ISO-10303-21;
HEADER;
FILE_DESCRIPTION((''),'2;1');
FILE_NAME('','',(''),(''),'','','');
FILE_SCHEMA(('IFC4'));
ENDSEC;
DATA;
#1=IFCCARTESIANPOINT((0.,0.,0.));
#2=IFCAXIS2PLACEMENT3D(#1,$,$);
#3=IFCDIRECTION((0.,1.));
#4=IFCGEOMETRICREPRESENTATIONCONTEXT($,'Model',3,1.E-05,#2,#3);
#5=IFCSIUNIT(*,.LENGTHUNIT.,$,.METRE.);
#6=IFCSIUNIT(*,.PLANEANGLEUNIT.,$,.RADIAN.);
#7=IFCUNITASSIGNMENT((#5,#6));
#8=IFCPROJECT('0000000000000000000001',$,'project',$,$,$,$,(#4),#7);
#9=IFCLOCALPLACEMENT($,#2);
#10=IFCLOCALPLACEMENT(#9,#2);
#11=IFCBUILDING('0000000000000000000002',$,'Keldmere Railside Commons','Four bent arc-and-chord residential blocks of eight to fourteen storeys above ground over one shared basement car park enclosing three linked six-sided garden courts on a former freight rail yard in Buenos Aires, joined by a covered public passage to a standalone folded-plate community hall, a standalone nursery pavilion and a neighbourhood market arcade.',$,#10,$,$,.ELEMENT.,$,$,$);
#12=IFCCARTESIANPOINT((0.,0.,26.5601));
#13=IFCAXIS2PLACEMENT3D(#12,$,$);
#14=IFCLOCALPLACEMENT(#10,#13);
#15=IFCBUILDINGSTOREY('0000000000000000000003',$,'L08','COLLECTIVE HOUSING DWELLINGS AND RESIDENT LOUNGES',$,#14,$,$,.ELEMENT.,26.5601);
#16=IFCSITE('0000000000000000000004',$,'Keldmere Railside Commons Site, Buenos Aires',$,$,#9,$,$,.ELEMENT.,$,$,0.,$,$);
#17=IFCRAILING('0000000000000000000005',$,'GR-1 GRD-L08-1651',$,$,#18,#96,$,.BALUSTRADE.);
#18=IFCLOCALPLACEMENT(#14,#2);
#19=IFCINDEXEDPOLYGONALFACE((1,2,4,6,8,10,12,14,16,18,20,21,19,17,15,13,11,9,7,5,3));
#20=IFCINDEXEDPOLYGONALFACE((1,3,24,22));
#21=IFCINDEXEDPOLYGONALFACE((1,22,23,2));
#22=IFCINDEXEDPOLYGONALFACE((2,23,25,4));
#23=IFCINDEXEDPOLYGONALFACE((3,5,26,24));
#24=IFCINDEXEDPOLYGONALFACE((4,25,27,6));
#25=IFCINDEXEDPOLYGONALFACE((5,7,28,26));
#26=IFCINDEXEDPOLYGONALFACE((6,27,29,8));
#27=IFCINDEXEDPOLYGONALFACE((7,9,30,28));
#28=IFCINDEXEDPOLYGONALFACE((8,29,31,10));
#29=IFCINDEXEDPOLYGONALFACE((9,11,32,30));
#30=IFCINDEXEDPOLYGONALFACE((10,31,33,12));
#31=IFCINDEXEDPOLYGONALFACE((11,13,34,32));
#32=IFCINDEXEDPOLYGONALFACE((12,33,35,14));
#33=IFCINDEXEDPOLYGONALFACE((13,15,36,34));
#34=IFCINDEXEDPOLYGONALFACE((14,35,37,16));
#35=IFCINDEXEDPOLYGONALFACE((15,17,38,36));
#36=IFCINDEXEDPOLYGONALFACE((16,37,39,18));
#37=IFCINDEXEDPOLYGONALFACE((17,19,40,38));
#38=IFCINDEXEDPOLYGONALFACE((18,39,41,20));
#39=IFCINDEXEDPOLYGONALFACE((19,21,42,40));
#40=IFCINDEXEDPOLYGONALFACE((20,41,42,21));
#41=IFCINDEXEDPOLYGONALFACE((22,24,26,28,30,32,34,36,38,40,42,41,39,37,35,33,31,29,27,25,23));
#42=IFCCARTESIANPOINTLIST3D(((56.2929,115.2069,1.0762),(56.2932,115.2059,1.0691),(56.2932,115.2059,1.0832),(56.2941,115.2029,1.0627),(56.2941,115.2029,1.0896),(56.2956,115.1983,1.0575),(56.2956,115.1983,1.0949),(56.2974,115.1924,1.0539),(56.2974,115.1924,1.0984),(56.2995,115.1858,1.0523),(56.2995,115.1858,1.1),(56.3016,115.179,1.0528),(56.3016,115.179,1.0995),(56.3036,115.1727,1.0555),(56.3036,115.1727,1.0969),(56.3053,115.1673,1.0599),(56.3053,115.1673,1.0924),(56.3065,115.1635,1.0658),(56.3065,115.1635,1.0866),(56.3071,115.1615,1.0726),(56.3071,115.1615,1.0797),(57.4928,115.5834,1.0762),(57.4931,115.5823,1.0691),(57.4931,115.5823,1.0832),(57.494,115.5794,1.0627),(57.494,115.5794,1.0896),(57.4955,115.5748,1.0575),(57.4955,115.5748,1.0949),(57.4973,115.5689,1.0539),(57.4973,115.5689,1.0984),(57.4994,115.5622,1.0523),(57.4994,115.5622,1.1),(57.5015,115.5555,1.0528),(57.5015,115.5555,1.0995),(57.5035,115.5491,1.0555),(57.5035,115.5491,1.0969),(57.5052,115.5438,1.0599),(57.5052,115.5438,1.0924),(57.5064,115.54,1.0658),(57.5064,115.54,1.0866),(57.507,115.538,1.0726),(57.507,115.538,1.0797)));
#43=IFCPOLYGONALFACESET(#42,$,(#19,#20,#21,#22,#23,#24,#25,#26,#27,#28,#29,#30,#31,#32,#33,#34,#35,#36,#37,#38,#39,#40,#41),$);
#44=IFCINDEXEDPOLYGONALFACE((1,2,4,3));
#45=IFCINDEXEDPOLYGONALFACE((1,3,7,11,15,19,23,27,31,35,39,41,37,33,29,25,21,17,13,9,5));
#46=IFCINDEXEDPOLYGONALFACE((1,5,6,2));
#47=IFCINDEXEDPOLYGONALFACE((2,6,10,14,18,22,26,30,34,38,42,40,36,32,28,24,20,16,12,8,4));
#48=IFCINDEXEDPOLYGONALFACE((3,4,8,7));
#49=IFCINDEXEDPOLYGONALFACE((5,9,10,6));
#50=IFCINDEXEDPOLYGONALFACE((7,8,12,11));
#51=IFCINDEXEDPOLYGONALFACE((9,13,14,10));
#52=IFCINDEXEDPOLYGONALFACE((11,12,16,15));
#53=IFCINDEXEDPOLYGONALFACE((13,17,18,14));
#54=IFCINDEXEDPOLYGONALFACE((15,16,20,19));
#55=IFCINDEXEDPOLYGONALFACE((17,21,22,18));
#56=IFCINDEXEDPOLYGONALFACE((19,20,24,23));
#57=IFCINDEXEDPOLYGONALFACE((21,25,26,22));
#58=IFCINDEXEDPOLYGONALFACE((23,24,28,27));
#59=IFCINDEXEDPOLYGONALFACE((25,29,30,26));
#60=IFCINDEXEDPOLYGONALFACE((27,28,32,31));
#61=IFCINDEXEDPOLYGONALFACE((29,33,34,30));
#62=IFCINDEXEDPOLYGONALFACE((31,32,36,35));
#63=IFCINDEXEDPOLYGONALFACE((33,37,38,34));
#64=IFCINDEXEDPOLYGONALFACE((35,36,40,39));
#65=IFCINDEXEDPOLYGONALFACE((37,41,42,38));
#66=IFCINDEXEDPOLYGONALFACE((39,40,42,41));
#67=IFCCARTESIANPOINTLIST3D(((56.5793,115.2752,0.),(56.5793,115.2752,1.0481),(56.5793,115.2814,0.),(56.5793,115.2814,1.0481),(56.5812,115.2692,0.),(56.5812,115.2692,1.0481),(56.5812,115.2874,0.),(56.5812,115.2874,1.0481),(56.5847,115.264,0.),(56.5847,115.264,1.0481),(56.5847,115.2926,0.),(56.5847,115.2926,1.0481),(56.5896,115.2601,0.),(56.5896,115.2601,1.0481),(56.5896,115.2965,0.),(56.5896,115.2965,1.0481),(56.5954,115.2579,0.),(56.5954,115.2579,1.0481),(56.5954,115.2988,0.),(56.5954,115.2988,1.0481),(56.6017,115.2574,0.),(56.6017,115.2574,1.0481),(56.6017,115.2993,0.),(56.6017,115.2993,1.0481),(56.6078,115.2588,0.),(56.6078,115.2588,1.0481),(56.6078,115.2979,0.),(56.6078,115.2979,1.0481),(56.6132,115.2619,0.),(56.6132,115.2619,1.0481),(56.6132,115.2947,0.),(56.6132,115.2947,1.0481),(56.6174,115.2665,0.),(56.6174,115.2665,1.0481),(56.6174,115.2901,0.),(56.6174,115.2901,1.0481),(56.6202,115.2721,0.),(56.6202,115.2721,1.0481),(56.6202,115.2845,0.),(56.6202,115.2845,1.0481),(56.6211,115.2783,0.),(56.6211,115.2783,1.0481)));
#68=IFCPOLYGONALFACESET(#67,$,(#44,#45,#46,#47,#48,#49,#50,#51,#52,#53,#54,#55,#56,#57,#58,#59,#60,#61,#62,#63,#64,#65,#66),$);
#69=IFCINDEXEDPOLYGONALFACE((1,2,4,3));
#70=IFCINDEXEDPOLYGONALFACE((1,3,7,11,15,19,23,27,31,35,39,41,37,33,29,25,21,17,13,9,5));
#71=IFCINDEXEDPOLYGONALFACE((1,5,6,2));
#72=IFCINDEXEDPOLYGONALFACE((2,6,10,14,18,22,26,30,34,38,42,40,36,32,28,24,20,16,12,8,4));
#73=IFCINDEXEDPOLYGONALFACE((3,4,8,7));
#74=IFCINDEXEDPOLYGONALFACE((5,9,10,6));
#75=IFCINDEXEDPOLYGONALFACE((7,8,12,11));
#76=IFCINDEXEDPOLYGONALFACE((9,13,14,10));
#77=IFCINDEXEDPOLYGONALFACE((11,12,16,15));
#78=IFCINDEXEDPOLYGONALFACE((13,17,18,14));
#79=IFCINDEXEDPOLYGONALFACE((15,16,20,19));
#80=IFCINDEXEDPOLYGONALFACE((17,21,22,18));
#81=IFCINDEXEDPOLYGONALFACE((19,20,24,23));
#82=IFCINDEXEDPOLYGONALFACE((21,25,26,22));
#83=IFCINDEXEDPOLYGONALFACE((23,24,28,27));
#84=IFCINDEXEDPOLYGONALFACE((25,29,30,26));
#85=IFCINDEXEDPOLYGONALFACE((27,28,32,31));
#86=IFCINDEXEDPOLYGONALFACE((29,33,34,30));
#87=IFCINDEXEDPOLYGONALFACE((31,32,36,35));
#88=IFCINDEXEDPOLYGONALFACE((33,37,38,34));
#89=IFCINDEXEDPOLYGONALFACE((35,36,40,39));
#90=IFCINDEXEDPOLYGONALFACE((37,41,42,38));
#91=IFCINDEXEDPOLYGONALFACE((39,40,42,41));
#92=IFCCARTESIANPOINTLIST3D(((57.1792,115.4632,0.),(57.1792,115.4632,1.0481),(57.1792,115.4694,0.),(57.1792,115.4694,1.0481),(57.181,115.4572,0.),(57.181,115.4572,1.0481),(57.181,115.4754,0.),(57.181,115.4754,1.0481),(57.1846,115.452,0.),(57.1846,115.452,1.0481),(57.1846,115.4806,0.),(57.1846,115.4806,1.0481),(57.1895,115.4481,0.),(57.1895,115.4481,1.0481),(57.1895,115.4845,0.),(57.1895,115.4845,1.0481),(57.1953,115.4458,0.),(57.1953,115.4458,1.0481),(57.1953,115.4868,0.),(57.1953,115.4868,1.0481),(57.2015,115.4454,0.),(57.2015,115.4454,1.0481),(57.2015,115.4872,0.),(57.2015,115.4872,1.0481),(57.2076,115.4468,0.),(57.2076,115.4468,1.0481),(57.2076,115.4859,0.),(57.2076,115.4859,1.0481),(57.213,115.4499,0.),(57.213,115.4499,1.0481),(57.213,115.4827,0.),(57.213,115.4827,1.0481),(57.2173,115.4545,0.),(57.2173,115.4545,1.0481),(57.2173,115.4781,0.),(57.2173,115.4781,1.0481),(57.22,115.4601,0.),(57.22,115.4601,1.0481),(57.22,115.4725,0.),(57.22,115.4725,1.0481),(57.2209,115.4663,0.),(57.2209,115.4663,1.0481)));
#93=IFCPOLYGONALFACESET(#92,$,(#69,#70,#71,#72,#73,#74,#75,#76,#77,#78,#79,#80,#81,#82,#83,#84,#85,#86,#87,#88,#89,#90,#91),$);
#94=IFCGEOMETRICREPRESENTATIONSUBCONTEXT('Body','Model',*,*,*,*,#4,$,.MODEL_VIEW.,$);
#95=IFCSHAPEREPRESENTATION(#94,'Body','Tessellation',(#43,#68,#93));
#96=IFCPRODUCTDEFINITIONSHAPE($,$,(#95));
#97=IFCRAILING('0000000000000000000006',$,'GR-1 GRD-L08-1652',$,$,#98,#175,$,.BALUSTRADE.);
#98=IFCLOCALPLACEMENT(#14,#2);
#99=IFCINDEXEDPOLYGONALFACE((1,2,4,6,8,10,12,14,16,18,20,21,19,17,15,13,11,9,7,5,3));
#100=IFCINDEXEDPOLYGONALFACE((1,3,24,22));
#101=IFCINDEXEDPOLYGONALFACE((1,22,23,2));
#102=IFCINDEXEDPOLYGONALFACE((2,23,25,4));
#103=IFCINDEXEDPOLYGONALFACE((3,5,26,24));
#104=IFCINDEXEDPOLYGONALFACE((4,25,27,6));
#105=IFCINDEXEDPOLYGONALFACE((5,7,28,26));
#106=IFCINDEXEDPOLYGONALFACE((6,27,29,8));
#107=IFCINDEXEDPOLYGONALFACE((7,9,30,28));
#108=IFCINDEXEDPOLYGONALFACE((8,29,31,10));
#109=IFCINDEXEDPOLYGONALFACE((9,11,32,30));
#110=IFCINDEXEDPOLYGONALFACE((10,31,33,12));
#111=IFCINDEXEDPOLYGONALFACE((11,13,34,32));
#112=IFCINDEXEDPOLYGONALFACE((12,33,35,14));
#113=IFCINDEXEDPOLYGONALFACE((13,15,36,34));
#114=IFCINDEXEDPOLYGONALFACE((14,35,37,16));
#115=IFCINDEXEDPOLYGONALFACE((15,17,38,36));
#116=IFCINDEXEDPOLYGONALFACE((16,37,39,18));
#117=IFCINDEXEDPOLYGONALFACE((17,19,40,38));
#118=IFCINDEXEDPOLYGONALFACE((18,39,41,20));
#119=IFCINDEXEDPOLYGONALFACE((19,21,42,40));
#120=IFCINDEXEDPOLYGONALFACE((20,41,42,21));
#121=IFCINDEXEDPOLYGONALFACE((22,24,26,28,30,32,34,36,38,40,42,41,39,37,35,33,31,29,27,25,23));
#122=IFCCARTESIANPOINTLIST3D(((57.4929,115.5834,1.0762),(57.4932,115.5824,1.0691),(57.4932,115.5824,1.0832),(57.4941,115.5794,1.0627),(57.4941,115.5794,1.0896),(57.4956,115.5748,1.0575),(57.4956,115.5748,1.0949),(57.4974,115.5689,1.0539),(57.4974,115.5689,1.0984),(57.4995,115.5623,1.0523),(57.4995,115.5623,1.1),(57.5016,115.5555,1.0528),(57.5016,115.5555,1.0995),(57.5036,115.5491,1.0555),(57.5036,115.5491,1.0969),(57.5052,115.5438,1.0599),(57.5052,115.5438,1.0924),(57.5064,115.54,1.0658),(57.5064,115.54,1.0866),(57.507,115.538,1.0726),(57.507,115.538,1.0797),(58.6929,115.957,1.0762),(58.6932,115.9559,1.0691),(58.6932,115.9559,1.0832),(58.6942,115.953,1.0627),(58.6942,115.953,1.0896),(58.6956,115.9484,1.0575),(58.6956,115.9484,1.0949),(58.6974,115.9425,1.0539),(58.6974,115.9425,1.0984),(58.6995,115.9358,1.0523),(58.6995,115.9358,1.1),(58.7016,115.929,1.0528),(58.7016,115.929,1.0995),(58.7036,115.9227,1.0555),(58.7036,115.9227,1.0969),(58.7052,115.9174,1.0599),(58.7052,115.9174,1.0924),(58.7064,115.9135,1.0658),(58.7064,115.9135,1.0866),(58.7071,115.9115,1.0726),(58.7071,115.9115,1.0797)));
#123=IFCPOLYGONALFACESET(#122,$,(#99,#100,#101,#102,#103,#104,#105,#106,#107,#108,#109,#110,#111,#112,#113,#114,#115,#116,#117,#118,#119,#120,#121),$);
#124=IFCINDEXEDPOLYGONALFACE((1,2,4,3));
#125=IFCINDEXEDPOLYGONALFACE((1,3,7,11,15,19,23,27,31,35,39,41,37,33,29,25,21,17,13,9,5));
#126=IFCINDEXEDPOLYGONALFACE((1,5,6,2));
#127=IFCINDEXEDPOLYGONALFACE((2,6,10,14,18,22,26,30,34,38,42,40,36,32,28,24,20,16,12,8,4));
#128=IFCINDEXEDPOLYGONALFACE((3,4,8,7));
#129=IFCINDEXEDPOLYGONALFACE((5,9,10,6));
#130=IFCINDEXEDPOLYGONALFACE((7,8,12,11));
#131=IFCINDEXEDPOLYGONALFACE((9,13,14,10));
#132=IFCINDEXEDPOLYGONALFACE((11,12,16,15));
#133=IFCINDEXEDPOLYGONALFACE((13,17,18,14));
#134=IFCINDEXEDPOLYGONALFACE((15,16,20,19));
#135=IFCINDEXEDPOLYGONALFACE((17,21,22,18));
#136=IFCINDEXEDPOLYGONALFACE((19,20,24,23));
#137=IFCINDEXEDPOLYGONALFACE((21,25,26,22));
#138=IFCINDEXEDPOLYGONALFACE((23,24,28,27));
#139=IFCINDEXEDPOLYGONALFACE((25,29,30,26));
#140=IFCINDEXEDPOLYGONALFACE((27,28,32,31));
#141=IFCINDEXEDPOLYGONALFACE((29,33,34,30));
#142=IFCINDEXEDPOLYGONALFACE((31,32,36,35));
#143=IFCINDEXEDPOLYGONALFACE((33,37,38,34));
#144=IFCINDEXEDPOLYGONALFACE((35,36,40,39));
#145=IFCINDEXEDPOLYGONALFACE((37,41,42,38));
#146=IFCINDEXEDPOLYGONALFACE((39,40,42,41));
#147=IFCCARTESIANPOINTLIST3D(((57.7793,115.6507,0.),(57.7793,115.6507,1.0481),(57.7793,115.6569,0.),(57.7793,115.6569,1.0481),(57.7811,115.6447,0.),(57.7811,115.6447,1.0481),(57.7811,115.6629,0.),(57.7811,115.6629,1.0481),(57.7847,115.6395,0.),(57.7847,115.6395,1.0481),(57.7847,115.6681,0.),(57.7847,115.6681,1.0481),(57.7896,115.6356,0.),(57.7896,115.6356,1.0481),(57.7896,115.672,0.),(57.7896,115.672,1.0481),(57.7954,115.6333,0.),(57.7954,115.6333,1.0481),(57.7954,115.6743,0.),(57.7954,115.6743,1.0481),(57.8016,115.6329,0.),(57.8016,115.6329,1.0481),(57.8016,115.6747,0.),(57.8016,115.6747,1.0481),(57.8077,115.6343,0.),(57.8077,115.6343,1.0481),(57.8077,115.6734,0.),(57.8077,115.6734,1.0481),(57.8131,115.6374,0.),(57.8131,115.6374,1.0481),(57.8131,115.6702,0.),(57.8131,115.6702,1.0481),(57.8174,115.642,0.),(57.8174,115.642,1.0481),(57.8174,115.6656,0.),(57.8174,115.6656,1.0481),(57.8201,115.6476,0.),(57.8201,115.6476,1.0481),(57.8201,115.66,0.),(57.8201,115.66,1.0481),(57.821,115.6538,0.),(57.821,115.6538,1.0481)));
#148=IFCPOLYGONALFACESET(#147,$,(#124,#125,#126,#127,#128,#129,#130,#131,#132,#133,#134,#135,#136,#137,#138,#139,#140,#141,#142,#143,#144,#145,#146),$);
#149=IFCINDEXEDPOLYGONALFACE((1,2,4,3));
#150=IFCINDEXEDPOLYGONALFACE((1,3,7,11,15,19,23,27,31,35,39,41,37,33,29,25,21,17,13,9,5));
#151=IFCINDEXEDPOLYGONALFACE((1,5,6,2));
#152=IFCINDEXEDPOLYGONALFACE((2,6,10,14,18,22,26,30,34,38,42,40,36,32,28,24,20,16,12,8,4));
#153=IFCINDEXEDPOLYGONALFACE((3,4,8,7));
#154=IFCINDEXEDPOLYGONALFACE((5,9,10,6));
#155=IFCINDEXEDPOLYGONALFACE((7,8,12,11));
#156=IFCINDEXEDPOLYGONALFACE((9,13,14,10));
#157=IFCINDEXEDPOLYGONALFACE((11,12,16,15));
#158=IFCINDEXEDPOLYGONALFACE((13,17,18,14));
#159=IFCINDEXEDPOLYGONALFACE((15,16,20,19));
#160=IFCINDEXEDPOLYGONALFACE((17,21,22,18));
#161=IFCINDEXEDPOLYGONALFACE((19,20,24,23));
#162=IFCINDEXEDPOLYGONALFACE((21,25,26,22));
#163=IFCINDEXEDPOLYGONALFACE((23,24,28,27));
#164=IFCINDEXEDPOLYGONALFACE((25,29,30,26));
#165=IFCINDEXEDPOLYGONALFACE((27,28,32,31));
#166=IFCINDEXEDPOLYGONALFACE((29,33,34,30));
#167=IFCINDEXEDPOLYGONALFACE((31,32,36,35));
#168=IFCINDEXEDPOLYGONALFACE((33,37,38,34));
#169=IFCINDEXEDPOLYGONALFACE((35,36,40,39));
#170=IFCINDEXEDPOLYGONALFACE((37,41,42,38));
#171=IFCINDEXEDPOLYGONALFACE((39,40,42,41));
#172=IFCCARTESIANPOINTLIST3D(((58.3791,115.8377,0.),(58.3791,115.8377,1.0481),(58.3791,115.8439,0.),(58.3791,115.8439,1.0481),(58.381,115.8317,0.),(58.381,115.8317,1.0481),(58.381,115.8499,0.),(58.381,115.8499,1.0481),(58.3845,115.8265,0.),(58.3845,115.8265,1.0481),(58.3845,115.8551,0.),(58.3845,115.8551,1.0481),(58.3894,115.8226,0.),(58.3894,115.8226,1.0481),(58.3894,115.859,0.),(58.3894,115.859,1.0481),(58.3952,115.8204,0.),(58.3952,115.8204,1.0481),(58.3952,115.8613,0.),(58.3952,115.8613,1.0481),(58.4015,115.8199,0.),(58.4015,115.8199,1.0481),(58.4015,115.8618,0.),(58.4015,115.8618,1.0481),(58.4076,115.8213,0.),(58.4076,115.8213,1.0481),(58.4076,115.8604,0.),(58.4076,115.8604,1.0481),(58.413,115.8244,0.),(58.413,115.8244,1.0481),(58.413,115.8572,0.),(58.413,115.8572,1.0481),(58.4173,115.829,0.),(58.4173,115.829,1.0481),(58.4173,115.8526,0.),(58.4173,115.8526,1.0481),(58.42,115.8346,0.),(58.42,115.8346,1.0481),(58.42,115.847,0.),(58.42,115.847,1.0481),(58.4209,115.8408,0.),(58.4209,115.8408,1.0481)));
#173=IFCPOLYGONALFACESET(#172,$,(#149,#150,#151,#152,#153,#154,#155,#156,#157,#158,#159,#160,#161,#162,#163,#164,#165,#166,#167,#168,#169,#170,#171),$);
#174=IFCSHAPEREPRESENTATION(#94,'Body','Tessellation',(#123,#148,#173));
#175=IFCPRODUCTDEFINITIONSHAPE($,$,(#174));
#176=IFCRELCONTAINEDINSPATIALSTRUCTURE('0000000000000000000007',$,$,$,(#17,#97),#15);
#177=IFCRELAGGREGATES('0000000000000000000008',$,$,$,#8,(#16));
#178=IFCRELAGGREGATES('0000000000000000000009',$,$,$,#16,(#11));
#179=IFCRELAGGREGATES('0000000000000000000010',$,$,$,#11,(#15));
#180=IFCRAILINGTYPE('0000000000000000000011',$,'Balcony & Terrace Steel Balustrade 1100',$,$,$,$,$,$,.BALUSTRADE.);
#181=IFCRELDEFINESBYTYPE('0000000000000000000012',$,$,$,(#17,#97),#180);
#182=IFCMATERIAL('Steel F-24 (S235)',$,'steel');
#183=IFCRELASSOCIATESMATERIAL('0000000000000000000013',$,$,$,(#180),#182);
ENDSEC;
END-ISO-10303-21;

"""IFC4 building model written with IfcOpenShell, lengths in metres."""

from ifc_helpers import new_model, si_unit, direction, frame, origin, origin_2d, place, context, subcontext, project, spatial, circle, extrude, material, type_object, element, save


model = new_model("IFC4")

# Units and contexts
model_context = context("Model", 3, precision=1e-05, world=origin(), true_north=direction((0.0, 1.0)))
body_context = subcontext(model_context, "Body", "Model", "MODEL_VIEW")
ifc_project = project(units=[si_unit("LENGTHUNIT", "METRE"), si_unit("PLANEANGLEUNIT", "RADIAN")], contexts=[model_context])

# Site, building, storey
site_placement = place(None, origin())
site = spatial("IfcSite", under=ifc_project, at=site_placement, Name="Keldmere Railside Commons Site, Buenos Aires", CompositionType="ELEMENT", RefElevation=0.0)
building_placement = place(site_placement, origin())
building = spatial("IfcBuilding", under=site, at=building_placement, Name="Keldmere Railside Commons", Description="Four bent arc-and-chord residential blocks of eight to fourteen storeys above ground over one shared basement car park enclosing three linked six-sided garden courts on a former freight rail yard in Buenos Aires, joined by a covered public passage to a standalone folded-plate community hall, a standalone nursery pavilion and a neighbourhood market arcade.", CompositionType="ELEMENT")
storey_placement = place(building_placement, frame((0.0, 0.0, 26.5601)))
storey = spatial("IfcBuildingStorey", under=building, at=storey_placement, Name="L08", Description="COLLECTIVE HOUSING DWELLINGS AND RESIDENT LOUNGES", CompositionType="ELEMENT", Elevation=26.5601)

# Railings
ifc_material_1 = material(Name="Steel F-24 (S235)", Category="steel")
railing_type = type_object("IfcRailingType", Name="Balcony & Terrace Steel Balustrade 1100", PredefinedType="BALUSTRADE", material=ifc_material_1)
railing_1_placement = place(storey_placement, frame((56.3, 115.1841, 0.0)))
element("IfcRailing", 1, at=railing_1_placement, inside=storey, type_object=railing_type, Name="GR-1 GRD-L08-1651", PredefinedType="BALUSTRADE", context=body_context, shape_type="SweptSolid", body=[
    extrude(circle(Radius=0.0239, at=origin_2d()), frame((0.0, 0.0, 1.0762), z_axis=(0.954144, 0.299347, 0.0), x_axis=(-0.299347, 0.954144, 0.0)), (0.0, 0.0, 1.0), 1.2576),
    extrude(circle(Radius=0.021, at=origin_2d()), frame((0.3, 0.0942, 0.0)), (0.0, 0.0, 1.0), 1.0481),
    extrude(circle(Radius=0.021, at=origin_2d()), frame((0.8999, 0.2822, 0.0)), (0.0, 0.0, 1.0), 1.0481),
])
railing_2_placement = place(storey_placement, frame((57.5, 115.5605, 0.0)))
element("IfcRailing", 2, at=railing_2_placement, inside=storey, type_object=railing_type, Name="GR-1 GRD-L08-1652", PredefinedType="BALUSTRADE", context=body_context, shape_type="SweptSolid", body=[
    extrude(circle(Radius=0.0239, at=origin_2d()), frame((0.0, 0.0, 1.0762), z_axis=(0.954808, 0.297224, 0.0), x_axis=(-0.297224, 0.954808, 0.0)), (0.0, 0.0, 1.0), 1.2568),
    extrude(circle(Radius=0.021, at=origin_2d()), frame((0.3, 0.0933, 0.0)), (0.0, 0.0, 1.0), 1.0481),
    extrude(circle(Radius=0.021, at=origin_2d()), frame((0.8999, 0.2803, 0.0)), (0.0, 0.0, 1.0), 1.0481),
])

save(model, "model.ifc")
